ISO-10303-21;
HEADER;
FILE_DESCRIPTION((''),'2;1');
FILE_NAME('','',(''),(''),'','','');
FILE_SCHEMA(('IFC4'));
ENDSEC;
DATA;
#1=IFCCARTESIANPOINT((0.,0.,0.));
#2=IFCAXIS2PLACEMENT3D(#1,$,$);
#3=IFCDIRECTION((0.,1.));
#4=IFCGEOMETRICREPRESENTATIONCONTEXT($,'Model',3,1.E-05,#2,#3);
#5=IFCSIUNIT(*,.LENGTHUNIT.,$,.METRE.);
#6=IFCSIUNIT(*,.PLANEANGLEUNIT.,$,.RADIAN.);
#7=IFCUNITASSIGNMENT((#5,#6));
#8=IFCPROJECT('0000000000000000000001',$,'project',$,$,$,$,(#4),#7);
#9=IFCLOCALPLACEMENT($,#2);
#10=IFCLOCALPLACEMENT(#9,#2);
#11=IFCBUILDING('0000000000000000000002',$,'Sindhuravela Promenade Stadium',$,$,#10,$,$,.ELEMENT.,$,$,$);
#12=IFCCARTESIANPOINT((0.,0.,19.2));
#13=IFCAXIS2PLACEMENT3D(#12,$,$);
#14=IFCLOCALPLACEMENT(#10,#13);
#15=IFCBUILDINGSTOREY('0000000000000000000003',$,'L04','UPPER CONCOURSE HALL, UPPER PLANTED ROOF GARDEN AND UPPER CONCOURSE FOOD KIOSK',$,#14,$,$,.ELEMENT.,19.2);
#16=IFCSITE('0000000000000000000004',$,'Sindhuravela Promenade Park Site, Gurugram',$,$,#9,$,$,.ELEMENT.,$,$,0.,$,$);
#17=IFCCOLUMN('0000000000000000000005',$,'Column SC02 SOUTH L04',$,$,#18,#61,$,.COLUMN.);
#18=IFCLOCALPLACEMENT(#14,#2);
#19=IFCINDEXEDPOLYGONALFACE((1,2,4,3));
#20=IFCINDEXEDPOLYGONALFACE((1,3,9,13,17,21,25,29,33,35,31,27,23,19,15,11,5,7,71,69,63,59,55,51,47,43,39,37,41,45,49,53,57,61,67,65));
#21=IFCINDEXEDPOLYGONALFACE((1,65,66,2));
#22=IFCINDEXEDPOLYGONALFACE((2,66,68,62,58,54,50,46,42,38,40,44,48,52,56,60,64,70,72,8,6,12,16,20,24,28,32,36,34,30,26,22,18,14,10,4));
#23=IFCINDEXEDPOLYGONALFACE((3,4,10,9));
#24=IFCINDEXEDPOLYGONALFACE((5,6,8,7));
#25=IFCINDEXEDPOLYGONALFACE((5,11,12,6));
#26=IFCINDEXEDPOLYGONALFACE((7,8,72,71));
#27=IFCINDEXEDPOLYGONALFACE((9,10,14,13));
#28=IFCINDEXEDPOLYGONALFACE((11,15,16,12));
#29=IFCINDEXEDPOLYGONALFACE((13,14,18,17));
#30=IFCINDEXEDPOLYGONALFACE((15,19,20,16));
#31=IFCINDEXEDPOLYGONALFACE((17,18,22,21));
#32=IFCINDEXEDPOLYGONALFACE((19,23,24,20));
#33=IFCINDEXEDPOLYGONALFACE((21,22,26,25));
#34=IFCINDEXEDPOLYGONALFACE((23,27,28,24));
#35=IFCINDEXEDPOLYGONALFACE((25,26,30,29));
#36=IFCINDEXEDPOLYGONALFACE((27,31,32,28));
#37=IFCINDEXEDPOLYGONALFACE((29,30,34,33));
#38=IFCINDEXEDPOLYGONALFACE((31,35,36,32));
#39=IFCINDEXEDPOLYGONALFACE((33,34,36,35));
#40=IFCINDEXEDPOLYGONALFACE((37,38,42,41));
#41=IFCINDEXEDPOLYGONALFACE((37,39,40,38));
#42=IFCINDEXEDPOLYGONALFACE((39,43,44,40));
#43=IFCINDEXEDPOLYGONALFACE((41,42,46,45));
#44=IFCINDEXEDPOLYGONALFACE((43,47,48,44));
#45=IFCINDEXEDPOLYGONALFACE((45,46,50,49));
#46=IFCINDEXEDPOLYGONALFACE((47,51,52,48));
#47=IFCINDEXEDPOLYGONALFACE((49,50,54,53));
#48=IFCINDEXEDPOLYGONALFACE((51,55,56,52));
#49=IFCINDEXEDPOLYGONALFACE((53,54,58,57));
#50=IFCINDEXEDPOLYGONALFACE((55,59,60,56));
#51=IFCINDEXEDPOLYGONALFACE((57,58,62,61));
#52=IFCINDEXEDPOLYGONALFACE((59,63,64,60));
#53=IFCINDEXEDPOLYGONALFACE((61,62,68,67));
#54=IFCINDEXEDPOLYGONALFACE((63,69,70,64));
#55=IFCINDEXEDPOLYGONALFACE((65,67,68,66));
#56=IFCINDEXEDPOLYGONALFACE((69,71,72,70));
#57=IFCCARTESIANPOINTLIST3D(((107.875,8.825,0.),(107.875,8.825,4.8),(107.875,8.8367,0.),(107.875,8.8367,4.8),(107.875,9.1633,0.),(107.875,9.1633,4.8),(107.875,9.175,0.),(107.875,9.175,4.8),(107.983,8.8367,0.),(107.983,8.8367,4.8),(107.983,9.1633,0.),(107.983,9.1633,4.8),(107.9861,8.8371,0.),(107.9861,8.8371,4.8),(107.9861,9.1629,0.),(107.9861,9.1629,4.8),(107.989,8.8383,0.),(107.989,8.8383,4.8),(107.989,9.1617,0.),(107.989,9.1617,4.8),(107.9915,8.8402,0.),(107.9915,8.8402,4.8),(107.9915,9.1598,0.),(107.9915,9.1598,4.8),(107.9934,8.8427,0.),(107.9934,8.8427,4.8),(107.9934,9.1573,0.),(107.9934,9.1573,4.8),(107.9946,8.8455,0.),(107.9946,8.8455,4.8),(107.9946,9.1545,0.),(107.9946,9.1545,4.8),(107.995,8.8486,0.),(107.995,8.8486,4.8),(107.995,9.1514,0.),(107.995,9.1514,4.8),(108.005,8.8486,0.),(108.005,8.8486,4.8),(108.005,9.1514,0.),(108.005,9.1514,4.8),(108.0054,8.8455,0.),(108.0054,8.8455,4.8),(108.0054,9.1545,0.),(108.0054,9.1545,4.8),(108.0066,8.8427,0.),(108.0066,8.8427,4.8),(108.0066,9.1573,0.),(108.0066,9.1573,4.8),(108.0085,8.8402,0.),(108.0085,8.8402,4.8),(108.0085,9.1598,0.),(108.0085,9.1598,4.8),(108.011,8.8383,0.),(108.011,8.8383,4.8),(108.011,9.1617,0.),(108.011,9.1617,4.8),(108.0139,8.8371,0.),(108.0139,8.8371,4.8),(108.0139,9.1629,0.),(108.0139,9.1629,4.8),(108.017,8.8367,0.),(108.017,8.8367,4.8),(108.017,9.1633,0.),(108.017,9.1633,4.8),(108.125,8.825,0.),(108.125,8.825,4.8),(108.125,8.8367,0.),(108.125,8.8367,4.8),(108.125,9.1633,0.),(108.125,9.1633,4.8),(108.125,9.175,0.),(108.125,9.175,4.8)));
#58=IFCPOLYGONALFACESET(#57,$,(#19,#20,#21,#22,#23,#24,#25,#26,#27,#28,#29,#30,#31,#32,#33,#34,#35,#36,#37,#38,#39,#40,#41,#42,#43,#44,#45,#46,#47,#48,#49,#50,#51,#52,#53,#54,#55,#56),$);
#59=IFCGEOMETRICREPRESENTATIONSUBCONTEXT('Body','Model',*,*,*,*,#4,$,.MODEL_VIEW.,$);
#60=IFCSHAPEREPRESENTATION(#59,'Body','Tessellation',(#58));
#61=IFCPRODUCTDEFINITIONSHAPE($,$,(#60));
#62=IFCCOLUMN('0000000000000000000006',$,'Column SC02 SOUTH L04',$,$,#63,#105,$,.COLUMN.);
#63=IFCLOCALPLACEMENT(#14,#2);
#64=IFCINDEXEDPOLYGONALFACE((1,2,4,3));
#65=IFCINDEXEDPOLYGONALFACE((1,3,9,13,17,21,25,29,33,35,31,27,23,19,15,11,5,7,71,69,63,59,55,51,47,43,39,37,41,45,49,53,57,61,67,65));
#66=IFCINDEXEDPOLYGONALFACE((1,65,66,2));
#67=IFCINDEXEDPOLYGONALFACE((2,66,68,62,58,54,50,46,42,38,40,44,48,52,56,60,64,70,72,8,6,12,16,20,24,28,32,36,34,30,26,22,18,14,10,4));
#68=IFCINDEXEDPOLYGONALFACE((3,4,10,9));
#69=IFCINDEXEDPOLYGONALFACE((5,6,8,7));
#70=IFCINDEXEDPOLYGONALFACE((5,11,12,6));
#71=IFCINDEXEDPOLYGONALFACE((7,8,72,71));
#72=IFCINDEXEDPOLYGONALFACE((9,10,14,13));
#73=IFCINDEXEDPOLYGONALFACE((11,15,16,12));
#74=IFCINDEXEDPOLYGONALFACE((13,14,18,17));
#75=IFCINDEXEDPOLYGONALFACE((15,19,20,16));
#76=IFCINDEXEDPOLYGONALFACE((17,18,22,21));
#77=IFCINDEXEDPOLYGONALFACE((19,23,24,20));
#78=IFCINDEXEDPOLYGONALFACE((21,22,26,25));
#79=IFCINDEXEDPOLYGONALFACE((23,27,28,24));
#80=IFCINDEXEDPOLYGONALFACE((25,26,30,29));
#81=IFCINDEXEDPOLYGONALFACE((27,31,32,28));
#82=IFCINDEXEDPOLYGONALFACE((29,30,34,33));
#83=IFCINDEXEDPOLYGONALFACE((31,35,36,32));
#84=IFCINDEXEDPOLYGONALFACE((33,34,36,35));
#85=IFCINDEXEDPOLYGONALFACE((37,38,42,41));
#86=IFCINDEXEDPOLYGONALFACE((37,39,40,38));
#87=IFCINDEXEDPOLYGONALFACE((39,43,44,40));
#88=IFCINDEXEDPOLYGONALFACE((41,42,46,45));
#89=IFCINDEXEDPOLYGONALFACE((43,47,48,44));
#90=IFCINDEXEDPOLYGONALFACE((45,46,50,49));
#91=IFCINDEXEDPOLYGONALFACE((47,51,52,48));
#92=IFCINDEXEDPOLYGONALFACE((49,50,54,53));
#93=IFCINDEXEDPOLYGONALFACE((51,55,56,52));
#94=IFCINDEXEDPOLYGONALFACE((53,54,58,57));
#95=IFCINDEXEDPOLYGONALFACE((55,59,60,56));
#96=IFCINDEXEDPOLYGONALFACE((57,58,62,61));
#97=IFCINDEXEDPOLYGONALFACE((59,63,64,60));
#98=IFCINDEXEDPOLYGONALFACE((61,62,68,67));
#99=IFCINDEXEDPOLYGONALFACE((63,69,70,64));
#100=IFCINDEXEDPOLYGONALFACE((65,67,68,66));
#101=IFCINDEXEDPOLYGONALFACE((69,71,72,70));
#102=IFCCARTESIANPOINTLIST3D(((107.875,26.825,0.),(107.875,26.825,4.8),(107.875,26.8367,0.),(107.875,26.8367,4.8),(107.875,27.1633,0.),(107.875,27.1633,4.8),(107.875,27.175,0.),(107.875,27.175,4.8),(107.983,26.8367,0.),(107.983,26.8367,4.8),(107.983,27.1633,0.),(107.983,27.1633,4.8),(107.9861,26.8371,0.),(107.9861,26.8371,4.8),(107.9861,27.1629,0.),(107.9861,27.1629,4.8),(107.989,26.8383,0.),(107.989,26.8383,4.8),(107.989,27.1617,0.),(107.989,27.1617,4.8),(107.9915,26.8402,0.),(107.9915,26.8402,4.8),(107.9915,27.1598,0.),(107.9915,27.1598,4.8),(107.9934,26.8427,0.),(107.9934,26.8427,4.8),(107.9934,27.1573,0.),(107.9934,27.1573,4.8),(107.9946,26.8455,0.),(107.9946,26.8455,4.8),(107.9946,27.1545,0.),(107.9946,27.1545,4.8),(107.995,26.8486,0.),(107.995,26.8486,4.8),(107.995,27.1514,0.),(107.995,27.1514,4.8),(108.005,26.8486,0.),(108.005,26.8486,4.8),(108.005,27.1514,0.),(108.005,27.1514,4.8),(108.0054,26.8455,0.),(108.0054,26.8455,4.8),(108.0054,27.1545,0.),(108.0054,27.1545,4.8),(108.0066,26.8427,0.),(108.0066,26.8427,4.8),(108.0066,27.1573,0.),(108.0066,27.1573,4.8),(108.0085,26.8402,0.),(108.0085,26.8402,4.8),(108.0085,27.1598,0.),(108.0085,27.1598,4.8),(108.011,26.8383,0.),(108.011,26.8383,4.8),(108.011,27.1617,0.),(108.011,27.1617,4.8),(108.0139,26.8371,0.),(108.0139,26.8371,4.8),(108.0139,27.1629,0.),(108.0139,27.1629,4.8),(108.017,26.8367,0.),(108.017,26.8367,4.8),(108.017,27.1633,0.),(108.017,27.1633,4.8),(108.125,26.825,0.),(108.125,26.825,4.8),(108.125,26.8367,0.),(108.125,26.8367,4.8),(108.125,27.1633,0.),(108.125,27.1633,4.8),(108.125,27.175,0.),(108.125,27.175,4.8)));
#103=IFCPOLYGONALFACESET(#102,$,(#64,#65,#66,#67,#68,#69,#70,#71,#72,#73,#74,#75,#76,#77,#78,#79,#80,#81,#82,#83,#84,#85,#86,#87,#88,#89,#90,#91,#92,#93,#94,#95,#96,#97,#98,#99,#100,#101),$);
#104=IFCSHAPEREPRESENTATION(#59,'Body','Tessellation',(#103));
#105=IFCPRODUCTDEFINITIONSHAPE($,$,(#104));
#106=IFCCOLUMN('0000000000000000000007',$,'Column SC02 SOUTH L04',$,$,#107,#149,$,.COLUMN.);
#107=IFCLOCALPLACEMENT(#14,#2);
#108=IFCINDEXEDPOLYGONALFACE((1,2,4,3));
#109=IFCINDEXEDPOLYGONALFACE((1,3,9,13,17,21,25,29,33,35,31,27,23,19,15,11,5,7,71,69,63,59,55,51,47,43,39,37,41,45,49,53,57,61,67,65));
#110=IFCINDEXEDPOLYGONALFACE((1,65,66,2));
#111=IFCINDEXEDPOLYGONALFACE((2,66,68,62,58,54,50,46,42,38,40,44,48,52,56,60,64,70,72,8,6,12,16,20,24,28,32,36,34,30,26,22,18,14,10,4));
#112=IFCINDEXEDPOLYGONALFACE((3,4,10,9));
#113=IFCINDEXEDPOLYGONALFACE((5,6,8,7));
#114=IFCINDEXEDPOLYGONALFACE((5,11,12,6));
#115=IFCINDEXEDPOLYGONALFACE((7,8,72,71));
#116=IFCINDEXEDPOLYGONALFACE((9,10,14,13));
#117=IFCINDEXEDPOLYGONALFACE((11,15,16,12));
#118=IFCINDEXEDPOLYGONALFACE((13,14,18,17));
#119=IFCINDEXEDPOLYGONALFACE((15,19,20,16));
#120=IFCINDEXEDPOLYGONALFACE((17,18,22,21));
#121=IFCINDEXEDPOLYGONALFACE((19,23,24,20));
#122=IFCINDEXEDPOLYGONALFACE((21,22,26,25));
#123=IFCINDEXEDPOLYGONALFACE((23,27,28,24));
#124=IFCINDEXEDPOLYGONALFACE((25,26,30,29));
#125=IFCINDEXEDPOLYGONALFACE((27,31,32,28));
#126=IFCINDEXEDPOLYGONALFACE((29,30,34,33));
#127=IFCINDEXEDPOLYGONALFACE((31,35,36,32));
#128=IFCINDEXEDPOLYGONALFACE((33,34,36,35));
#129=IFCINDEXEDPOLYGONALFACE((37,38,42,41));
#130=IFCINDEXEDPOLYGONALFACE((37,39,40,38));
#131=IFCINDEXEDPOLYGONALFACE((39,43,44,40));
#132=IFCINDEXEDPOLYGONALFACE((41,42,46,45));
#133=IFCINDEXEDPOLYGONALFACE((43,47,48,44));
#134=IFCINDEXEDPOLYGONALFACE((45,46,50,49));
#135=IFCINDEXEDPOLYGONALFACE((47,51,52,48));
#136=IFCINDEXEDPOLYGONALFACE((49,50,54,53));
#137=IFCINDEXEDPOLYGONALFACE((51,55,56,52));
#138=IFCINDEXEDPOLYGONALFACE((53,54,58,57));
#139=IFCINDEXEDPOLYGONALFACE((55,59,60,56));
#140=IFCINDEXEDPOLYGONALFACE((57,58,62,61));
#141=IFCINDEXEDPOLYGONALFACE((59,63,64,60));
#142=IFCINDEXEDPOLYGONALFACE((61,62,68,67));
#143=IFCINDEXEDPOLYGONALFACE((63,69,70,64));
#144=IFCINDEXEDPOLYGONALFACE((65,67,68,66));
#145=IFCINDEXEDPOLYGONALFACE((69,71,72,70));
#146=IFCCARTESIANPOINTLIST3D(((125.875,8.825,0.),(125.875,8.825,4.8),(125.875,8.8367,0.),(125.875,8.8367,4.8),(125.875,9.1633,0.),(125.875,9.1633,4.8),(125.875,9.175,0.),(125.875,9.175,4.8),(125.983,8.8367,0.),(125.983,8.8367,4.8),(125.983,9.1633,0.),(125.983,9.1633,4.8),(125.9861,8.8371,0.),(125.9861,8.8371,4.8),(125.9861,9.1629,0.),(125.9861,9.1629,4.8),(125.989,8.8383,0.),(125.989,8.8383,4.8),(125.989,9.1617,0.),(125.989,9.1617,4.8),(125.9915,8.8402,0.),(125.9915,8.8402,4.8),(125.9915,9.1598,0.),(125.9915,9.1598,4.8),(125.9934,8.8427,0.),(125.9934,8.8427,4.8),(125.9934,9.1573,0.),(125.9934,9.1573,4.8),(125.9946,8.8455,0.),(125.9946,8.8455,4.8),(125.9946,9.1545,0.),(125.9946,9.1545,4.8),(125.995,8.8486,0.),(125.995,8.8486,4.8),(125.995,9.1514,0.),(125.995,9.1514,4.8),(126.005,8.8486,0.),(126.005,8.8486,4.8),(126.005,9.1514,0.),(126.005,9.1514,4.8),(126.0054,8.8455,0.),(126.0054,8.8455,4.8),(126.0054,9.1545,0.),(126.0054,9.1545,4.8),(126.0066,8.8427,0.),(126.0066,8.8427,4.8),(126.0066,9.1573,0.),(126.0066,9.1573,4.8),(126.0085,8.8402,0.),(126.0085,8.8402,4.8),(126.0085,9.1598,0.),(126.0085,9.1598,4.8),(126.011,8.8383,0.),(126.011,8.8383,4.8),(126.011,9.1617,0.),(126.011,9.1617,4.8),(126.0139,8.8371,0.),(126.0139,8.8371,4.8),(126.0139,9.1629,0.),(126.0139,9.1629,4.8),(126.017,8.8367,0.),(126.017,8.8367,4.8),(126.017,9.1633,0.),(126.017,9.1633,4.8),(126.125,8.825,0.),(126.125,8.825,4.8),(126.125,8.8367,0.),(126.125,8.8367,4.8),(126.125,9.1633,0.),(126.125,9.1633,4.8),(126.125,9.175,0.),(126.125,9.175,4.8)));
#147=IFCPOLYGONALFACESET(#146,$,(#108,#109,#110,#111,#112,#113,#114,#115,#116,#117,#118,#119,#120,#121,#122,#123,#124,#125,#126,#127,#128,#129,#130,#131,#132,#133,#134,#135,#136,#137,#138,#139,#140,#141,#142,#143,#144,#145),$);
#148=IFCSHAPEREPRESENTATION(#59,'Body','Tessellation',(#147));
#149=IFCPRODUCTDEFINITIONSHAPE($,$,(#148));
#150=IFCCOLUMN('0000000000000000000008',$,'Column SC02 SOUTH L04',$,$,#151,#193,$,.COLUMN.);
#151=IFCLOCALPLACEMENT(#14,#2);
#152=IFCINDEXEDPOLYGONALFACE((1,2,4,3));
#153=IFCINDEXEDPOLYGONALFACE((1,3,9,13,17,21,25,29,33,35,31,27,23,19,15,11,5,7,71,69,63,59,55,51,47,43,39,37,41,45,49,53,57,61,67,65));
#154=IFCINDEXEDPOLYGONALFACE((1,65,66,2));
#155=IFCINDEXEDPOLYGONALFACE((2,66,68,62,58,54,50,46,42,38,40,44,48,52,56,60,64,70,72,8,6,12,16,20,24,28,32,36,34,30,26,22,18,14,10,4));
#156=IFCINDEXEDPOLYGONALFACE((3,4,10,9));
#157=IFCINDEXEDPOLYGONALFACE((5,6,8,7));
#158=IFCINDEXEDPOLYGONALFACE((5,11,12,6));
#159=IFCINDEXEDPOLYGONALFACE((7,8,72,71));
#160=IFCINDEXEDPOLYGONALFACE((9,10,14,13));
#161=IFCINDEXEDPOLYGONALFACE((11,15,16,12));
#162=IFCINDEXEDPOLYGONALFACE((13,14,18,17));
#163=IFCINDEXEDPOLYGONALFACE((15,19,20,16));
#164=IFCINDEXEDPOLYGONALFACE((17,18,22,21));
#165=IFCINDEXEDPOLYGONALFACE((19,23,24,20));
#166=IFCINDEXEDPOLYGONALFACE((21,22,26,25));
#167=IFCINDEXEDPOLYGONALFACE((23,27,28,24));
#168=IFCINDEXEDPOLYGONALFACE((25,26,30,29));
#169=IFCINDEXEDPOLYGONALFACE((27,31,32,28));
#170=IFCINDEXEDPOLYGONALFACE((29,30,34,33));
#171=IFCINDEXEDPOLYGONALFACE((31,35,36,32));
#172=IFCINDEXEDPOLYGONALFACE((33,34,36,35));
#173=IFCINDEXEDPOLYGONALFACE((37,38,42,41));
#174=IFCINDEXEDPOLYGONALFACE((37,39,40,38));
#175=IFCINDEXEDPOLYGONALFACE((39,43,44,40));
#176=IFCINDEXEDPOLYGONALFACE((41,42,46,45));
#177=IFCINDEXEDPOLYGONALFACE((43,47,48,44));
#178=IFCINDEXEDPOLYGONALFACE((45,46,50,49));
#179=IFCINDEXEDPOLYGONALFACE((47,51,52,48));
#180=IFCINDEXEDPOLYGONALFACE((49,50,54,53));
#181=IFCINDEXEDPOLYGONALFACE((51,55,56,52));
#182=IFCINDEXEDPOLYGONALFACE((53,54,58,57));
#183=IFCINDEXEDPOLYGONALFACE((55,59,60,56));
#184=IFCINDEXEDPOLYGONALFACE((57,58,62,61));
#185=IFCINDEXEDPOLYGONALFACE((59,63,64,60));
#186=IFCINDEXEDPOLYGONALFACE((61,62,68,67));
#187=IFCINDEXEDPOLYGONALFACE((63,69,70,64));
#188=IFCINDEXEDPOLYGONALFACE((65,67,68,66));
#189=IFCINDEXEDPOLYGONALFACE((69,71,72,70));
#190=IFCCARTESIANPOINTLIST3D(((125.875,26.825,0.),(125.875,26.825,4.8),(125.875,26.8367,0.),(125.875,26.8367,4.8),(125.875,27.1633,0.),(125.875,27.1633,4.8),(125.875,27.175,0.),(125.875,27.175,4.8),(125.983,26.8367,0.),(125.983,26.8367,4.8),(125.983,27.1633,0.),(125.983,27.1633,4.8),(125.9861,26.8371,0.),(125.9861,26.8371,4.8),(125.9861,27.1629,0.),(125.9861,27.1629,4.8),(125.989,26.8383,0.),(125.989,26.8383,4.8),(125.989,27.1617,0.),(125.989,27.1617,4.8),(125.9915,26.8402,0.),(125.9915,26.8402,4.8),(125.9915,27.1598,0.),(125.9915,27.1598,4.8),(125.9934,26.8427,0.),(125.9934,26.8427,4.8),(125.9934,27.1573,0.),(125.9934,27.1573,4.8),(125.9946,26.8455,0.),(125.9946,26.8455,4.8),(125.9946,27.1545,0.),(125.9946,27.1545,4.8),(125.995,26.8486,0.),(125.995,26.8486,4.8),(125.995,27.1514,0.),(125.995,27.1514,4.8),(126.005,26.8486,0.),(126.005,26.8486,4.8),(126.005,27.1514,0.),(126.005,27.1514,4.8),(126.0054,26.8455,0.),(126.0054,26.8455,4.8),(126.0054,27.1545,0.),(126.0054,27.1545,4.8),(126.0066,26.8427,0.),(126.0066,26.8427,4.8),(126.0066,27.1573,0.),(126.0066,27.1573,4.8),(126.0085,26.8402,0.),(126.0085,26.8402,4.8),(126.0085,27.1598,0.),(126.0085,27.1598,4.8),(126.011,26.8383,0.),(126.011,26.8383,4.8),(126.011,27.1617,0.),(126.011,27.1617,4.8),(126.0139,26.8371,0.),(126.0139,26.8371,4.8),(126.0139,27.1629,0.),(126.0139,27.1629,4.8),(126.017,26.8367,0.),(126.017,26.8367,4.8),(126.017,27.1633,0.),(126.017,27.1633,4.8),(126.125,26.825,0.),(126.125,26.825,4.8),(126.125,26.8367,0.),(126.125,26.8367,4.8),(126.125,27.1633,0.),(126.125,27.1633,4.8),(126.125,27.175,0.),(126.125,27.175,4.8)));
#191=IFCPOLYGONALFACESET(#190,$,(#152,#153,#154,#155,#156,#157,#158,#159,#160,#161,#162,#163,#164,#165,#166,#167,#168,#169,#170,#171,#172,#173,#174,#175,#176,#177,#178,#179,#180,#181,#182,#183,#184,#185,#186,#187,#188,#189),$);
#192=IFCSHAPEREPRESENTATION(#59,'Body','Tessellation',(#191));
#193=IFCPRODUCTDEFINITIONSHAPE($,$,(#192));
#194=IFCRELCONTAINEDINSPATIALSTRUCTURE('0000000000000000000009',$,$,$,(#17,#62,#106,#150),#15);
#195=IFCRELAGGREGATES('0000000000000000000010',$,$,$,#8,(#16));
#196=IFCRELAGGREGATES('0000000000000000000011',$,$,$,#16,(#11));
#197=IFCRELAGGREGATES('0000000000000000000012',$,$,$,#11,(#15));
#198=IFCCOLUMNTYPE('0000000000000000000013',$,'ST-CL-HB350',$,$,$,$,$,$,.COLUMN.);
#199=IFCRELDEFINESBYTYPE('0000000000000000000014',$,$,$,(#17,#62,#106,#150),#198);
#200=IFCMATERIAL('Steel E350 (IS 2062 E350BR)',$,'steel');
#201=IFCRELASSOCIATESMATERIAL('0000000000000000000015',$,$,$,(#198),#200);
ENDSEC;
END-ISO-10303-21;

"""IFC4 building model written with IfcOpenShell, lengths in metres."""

from ifc_helpers import new_model, si_unit, direction, frame, origin, origin_2d, place, context, subcontext, project, spatial, i_section, extrude, material, material_profile, profile_set, type_object, element, save


model = new_model("IFC4")

# Units and contexts
model_context = context("Model", 3, precision=1e-05, world=origin(), true_north=direction((0.0, 1.0)))
body_context = subcontext(model_context, "Body", "Model", "MODEL_VIEW")
ifc_project = project(units=[si_unit("LENGTHUNIT", "METRE"), si_unit("PLANEANGLEUNIT", "RADIAN")], contexts=[model_context])

# Site, building, storey
site_placement = place(None, origin())
site = spatial("IfcSite", under=ifc_project, at=site_placement, Name="Sindhuravela Promenade Park Site, Gurugram", CompositionType="ELEMENT", RefElevation=0.0)
building_placement = place(site_placement, origin())
building = spatial("IfcBuilding", under=site, at=building_placement, Name="Sindhuravela Promenade Stadium", CompositionType="ELEMENT")
storey_placement = place(building_placement, frame((0.0, 0.0, 19.2)))
storey = spatial("IfcBuildingStorey", under=building, at=storey_placement, Name="L04", Description="UPPER CONCOURSE HALL, UPPER PLANTED ROOF GARDEN AND UPPER CONCOURSE FOOD KIOSK", CompositionType="ELEMENT", Elevation=19.2)

# Columns
ifc_material_1 = material(Name="Steel E350 (IS 2062 E350BR)", Category="steel")
ifc_material_profile_1 = material_profile(ifc_material_1, i_section(OverallWidth=0.25, OverallDepth=0.3501, WebThickness=0.01, FlangeThickness=0.0117, FilletRadius=0.012, at=origin_2d()), Name="ISHB 350")
ifc_profile_set_1 = profile_set([ifc_material_profile_1], Name="Steel E350 (IS 2062 E350BR)")
column_type_1 = type_object("IfcColumnType", Name="ST-CL-HB350", PredefinedType="COLUMN", material=ifc_profile_set_1)
for number, where, z_axis, x_axis, name in (
    (1, (108.0, 9.0, 0.0), (0.0, 0.0, 1.0), (1.0, 0.0, 0.0), "Column SC02 SOUTH L04"),
    (2, (108.0, 27.0, 0.0), (0.0, 0.0, 1.0), (1.0, 0.0, 0.0), "Column SC02 SOUTH L04"),
    (3, (126.0, 9.0, 0.0), (0.0, 0.0, 1.0), (1.0, 0.0, 0.0), "Column SC02 SOUTH L04"),
    (4, (126.0, 27.0, 0.0), (0.0, 0.0, 1.0), (1.0, 0.0, 0.0), "Column SC02 SOUTH L04"),
):
    element("IfcColumn", number, at=place(storey_placement, frame(where, z_axis=z_axis, x_axis=x_axis)), inside=storey, type_object=column_type_1, Name=name, PredefinedType="COLUMN", context=body_context, shape_type="SweptSolid", body=[
        extrude(i_section(OverallWidth=0.25, OverallDepth=0.3501, WebThickness=0.01, FlangeThickness=0.0117, FilletRadius=0.012, at=origin_2d()), origin(), (0.0, 0.0, 1.0), 4.8),
    ])

save(model, "model.ifc")
